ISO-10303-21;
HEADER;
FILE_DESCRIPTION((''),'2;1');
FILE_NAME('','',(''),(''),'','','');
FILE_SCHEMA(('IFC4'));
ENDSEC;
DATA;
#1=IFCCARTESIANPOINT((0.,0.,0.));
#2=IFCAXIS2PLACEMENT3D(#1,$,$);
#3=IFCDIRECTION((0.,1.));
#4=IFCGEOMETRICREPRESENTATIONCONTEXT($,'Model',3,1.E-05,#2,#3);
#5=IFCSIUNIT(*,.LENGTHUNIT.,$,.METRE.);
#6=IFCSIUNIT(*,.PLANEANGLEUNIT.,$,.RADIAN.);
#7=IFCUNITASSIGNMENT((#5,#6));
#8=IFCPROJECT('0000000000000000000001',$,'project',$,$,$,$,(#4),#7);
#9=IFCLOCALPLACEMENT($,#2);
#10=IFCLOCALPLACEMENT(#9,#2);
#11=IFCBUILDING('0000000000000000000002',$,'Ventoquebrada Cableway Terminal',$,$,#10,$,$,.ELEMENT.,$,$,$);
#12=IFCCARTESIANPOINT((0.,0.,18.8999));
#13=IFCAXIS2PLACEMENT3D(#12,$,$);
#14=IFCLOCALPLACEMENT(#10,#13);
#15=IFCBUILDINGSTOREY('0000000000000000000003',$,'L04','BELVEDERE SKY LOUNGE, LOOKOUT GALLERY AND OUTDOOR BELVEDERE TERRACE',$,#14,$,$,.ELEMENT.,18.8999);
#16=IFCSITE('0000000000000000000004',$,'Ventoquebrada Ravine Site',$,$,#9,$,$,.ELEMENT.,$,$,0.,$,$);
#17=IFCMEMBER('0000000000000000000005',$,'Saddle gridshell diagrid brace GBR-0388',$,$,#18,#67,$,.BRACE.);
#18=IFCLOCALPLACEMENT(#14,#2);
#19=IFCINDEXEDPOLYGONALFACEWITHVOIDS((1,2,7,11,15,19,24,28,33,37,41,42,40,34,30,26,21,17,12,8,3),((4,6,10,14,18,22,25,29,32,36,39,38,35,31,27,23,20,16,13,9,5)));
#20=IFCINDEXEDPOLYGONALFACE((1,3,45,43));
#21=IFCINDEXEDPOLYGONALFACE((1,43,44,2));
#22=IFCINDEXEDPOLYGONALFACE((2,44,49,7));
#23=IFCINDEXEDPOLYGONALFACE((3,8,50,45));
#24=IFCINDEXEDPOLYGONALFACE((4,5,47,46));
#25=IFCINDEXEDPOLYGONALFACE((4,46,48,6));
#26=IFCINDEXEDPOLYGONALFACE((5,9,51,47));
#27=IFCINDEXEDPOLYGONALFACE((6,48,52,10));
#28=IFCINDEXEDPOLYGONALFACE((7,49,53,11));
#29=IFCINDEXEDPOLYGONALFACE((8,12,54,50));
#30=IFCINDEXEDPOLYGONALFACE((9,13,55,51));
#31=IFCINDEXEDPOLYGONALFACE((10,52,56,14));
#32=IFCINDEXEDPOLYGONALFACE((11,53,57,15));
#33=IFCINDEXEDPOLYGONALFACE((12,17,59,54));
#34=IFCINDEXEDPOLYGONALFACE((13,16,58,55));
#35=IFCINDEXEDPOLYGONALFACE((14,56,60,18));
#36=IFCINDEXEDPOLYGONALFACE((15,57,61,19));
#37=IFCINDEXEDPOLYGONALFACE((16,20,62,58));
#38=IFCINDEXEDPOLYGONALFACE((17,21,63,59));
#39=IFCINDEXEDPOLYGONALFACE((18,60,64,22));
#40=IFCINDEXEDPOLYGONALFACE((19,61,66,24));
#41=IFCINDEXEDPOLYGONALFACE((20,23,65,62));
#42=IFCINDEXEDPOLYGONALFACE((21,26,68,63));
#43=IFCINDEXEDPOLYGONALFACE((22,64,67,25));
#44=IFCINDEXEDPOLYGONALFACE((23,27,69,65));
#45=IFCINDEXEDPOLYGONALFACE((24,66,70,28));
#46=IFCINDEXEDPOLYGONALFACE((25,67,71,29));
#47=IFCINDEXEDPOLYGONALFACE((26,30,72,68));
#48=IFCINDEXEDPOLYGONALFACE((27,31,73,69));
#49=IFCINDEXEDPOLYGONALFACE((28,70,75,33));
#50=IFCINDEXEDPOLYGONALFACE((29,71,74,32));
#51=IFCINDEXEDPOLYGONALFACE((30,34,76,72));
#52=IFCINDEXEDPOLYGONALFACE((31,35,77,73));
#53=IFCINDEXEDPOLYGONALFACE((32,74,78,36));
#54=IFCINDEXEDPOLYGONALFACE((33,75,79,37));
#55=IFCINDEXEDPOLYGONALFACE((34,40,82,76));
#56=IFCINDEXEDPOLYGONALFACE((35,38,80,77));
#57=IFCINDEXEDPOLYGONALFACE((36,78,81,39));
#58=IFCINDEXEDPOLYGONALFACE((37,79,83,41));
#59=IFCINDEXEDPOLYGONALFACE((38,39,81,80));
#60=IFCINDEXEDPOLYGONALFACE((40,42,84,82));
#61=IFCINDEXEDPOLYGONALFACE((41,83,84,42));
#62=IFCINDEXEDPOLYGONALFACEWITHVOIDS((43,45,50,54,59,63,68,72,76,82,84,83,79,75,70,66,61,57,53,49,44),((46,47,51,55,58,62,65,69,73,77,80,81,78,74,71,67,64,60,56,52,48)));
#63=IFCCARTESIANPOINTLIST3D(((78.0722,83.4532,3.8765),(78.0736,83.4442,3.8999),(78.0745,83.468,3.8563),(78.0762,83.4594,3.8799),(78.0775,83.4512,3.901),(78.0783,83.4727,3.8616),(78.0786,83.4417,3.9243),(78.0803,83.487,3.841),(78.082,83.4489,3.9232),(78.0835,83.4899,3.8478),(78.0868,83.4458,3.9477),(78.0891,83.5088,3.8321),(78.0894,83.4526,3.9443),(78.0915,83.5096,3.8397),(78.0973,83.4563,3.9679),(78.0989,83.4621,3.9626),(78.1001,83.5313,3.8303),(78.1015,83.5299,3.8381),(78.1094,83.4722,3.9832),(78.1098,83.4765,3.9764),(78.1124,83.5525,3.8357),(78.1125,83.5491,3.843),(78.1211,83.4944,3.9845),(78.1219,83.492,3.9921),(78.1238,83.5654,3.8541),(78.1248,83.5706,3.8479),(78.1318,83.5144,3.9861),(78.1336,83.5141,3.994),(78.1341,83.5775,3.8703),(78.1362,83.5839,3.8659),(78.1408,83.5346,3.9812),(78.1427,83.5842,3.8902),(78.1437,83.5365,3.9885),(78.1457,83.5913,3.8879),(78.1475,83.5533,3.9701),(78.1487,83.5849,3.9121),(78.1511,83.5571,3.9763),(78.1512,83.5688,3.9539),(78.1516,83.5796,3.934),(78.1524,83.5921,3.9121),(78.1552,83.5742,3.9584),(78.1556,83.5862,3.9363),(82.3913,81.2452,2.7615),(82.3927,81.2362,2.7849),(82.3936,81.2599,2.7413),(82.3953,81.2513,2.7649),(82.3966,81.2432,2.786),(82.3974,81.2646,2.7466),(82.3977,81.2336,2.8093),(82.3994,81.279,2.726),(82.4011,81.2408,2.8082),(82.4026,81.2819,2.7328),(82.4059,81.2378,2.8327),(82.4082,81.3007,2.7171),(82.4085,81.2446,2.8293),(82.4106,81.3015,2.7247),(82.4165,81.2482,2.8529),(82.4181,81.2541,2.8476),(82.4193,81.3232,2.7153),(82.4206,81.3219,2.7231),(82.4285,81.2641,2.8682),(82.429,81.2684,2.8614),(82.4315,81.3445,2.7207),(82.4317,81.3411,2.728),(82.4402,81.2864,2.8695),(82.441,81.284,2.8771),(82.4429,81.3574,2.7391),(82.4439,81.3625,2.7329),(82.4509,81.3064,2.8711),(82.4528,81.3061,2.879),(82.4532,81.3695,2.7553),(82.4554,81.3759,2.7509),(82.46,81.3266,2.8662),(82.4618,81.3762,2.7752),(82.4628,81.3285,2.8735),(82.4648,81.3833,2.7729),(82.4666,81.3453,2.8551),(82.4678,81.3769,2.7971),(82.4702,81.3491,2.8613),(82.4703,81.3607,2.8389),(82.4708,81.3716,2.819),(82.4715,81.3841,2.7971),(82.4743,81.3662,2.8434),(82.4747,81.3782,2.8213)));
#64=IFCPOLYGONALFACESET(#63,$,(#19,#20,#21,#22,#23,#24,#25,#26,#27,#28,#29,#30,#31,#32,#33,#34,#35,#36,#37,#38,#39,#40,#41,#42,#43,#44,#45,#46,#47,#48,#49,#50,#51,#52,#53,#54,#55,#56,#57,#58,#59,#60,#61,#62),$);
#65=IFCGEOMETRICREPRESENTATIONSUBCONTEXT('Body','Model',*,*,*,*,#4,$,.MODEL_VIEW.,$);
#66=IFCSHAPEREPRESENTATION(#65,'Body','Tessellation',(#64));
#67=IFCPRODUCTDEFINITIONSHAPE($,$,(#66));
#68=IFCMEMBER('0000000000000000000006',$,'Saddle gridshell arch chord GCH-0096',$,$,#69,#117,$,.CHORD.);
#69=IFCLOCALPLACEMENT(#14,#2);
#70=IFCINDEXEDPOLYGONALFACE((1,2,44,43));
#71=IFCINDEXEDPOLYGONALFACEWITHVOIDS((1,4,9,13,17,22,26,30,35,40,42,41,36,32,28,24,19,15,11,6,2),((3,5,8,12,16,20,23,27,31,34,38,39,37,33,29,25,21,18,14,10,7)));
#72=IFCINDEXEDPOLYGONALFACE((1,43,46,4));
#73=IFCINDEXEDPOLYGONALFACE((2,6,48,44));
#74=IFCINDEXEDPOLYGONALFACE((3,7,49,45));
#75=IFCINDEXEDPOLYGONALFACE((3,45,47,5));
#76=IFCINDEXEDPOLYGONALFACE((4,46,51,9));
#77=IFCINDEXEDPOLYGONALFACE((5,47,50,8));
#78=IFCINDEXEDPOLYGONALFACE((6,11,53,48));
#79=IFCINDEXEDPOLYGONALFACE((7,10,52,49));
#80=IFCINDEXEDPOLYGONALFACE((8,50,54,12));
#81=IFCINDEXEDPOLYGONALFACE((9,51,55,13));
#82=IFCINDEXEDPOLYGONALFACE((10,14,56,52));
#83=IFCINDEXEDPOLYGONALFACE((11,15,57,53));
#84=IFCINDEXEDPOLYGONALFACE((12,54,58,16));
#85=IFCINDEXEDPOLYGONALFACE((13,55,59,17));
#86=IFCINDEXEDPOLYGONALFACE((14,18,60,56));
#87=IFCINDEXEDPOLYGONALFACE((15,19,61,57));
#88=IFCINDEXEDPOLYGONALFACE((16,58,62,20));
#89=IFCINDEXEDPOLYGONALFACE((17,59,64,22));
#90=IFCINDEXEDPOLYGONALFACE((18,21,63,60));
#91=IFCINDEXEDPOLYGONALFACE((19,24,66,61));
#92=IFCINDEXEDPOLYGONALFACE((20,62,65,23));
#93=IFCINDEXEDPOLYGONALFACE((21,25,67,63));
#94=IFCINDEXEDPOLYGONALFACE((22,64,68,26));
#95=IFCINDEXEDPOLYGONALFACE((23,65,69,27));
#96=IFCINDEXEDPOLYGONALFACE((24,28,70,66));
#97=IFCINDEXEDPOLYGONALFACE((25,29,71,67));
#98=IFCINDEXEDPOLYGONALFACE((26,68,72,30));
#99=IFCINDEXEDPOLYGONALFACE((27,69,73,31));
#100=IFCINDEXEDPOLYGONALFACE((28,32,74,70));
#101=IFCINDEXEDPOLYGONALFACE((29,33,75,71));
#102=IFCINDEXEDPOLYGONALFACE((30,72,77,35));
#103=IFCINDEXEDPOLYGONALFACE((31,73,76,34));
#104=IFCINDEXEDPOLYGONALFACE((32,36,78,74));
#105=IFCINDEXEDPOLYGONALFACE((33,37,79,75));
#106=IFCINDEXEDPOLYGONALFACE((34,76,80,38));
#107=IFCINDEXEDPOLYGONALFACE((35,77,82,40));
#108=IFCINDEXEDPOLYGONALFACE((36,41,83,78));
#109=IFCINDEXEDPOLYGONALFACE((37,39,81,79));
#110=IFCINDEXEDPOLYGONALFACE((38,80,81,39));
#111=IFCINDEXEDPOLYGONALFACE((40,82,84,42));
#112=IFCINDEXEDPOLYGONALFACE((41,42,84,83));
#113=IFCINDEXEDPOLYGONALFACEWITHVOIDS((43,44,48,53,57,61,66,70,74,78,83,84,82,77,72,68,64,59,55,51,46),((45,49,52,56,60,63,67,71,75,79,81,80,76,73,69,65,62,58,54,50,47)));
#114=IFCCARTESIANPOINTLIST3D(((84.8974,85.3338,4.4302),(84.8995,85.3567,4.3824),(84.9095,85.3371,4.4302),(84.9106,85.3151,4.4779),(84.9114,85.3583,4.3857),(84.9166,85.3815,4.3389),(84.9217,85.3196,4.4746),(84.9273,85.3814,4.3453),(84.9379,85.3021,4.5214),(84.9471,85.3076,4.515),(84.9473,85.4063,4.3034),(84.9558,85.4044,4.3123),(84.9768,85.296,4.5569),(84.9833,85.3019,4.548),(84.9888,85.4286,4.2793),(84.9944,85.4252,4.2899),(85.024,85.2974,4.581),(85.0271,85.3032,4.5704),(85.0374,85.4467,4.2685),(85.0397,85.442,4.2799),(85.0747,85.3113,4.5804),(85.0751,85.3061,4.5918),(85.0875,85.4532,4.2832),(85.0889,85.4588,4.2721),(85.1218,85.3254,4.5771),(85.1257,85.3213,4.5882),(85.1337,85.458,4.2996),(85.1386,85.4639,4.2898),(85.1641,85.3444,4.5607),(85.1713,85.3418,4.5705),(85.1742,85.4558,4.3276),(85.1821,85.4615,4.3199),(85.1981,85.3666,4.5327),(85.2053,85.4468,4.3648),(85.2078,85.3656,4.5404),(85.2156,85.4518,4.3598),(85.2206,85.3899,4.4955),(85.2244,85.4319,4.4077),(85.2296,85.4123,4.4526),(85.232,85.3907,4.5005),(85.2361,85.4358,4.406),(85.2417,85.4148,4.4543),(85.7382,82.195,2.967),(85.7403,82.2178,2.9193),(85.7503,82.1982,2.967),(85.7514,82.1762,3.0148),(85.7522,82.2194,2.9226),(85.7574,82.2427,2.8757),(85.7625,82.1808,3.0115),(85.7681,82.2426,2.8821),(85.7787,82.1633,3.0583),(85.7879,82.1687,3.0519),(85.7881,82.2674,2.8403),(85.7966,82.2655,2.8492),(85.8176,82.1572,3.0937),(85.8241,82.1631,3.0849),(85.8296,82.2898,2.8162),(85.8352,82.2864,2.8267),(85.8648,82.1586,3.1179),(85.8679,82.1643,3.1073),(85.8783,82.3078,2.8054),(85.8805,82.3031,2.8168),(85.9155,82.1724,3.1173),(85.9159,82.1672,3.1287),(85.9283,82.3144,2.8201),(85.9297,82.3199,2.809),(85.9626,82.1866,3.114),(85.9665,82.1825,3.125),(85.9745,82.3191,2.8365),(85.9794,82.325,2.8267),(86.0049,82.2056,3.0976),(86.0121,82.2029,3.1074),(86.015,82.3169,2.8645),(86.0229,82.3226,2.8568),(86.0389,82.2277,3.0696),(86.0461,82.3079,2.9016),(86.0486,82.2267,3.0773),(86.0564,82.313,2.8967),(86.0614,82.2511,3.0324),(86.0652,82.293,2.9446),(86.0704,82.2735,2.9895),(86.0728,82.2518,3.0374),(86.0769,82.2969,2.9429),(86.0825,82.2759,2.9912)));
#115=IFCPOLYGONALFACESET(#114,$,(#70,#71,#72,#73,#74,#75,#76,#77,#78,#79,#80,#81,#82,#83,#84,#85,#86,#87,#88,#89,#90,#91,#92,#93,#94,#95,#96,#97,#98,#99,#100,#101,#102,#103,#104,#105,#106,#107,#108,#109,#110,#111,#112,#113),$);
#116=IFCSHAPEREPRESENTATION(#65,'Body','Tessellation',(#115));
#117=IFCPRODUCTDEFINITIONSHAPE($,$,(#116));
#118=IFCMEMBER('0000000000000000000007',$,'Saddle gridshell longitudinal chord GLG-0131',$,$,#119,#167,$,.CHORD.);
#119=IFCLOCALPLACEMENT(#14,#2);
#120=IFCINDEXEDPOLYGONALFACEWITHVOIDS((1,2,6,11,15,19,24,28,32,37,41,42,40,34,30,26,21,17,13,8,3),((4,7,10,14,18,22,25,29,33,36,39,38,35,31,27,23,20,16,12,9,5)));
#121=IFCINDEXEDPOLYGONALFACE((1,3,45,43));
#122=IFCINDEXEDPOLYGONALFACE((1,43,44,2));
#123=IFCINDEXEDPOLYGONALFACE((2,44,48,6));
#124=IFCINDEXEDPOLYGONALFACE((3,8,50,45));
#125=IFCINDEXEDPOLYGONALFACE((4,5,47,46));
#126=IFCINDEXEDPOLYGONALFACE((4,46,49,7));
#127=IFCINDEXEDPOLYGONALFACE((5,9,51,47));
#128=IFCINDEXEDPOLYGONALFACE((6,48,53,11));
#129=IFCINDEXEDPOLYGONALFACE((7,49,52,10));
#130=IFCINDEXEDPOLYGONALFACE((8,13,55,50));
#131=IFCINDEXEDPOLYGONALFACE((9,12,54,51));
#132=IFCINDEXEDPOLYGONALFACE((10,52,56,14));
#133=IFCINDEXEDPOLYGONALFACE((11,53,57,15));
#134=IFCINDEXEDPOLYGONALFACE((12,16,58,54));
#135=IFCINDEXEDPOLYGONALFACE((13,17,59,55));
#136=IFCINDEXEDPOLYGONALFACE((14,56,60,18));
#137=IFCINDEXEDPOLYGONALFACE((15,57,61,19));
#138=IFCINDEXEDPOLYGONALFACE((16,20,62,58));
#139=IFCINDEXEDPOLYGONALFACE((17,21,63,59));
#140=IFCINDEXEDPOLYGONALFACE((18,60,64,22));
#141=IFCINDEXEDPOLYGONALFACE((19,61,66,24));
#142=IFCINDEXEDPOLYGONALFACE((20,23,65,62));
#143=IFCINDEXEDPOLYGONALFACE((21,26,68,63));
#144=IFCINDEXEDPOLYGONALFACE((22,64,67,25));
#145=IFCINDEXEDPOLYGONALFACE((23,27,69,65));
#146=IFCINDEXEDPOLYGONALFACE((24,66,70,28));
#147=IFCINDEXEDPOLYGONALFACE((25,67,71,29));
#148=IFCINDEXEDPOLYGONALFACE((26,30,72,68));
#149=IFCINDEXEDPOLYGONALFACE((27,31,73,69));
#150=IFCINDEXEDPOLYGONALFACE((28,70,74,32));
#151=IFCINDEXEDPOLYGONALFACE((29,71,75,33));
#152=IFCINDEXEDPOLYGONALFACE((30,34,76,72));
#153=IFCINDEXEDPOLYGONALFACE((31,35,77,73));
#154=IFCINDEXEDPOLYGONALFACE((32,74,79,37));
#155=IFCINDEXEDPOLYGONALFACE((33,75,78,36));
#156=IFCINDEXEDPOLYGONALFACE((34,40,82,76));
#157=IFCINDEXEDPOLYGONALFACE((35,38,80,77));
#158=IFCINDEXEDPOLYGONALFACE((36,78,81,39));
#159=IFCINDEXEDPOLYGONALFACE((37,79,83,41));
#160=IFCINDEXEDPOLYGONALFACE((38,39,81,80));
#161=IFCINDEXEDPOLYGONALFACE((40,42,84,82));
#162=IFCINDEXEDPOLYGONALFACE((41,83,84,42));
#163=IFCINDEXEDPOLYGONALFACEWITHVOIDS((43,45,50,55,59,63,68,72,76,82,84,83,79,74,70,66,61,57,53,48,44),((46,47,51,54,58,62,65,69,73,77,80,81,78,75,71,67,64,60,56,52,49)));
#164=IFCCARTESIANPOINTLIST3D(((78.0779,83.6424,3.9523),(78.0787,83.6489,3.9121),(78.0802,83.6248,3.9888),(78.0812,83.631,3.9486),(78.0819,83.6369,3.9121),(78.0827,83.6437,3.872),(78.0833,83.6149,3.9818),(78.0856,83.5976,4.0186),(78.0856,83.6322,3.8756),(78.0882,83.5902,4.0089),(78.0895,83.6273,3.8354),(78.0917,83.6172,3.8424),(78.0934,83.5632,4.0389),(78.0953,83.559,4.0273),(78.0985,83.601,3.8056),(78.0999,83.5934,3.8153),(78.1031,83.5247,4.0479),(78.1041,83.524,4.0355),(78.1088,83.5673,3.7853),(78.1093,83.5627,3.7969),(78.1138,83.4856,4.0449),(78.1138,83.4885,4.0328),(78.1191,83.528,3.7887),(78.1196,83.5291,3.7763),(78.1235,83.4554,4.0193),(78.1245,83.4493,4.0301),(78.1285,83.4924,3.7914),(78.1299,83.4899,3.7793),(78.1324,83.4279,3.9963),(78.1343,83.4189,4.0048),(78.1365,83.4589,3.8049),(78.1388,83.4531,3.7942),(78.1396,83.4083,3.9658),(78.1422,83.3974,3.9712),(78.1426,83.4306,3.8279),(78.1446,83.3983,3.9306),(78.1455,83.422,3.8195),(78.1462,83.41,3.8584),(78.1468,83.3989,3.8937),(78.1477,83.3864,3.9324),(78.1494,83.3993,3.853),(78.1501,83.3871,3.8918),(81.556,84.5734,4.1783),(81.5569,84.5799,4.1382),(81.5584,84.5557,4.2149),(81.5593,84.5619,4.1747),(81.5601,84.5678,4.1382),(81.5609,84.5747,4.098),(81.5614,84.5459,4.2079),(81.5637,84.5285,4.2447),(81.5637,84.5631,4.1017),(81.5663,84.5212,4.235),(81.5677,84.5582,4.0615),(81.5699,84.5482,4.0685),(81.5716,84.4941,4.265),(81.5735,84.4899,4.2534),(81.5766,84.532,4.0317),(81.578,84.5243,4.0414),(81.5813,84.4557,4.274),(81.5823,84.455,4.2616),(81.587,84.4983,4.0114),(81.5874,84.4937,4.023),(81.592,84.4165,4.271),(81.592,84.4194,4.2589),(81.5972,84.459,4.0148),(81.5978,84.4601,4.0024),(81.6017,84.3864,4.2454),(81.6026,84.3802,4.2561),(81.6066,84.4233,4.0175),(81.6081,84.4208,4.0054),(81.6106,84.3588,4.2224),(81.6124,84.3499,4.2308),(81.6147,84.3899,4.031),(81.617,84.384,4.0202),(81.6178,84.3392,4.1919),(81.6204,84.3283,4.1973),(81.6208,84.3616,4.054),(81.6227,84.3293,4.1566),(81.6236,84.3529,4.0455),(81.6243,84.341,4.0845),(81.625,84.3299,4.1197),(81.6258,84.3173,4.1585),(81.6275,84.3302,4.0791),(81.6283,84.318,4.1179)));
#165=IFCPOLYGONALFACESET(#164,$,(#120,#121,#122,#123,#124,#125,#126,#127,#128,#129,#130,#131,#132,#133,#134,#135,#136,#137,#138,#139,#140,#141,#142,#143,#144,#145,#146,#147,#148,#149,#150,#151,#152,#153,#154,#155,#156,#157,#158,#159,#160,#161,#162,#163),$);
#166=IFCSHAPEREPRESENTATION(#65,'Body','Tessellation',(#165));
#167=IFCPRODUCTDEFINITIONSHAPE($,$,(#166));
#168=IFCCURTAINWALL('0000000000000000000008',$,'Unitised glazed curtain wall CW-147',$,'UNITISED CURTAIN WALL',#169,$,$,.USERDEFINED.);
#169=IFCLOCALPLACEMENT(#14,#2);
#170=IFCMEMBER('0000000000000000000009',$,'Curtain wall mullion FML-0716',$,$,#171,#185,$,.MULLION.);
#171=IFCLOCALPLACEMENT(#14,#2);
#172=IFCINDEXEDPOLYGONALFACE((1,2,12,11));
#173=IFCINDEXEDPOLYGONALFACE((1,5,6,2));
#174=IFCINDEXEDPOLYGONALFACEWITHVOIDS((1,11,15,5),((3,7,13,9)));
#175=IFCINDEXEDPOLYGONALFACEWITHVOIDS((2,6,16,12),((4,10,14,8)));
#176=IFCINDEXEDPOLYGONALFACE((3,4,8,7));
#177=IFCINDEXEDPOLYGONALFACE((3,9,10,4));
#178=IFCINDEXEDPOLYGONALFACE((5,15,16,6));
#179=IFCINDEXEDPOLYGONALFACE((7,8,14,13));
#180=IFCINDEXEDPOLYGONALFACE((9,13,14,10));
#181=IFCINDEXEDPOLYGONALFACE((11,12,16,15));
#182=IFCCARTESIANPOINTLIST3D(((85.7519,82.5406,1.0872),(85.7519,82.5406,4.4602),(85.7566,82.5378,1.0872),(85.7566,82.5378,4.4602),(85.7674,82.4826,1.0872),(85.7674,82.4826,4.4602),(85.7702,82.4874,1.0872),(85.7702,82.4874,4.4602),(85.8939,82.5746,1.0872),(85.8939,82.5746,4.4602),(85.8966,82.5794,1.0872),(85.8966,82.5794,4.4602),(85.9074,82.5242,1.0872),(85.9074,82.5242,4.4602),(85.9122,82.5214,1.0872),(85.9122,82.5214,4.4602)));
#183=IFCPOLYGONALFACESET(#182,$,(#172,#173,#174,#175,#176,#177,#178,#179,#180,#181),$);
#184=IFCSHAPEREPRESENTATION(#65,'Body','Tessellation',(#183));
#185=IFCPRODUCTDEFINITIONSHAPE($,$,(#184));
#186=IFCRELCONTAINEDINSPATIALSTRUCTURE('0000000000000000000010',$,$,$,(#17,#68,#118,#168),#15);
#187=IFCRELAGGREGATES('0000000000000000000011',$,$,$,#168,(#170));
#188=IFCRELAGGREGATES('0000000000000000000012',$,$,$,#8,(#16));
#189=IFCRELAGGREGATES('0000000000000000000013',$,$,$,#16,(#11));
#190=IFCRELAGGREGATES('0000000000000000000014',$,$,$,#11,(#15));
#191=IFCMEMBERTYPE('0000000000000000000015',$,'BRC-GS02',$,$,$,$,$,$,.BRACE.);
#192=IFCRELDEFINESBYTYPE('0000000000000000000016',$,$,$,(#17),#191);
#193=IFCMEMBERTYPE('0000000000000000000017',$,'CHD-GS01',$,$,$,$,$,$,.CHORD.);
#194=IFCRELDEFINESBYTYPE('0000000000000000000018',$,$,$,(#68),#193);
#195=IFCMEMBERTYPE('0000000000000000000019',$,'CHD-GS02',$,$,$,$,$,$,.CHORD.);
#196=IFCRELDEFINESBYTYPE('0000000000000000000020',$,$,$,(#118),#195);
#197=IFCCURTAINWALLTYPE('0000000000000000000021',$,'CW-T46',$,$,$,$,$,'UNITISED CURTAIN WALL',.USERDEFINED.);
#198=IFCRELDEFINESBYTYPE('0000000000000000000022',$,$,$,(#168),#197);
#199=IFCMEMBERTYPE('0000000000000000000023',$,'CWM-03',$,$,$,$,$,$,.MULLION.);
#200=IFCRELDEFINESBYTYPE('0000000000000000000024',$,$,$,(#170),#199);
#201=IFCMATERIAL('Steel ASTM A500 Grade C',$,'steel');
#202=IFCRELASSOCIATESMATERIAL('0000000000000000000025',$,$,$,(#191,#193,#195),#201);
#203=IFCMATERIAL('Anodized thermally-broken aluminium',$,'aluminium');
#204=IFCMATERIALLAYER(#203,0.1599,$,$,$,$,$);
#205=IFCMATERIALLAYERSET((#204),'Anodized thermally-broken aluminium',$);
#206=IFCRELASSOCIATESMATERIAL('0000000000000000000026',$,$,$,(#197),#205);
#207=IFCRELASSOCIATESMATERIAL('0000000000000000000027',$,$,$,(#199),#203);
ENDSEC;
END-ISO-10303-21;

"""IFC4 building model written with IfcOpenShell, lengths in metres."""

from ifc_helpers import new_model, si_unit, direction, frame, origin, origin_2d, place, context, subcontext, project, spatial, hollow_rectangle, hollow_circle, extrude, material, layer, layer_set, material_profile, profile_set, type_object, element, aggregate, save


model = new_model("IFC4")

# Units and contexts
model_context = context("Model", 3, precision=1e-05, world=origin(), true_north=direction((0.0, 1.0)))
body_context = subcontext(model_context, "Body", "Model", "MODEL_VIEW")
ifc_project = project(units=[si_unit("LENGTHUNIT", "METRE"), si_unit("PLANEANGLEUNIT", "RADIAN")], contexts=[model_context])

# Site, building, storey
site_placement = place(None, origin())
site = spatial("IfcSite", under=ifc_project, at=site_placement, Name="Ventoquebrada Ravine Site", CompositionType="ELEMENT", RefElevation=0.0)
building_placement = place(site_placement, origin())
building = spatial("IfcBuilding", under=site, at=building_placement, Name="Ventoquebrada Cableway Terminal", CompositionType="ELEMENT")
storey_placement = place(building_placement, frame((0.0, 0.0, 18.8999)))
storey = spatial("IfcBuildingStorey", under=building, at=storey_placement, Name="L04", Description="BELVEDERE SKY LOUNGE, LOOKOUT GALLERY AND OUTDOOR BELVEDERE TERRACE", CompositionType="ELEMENT", Elevation=18.8999)

# Members
ifc_material_1 = material(Name="Steel ASTM A500 Grade C", Category="steel")
ifc_material_profile_1 = material_profile(ifc_material_1, hollow_circle(Radius=0.0842, WallThickness=0.0081, at=origin_2d()), Name="CHS168.3X8")
ifc_profile_set_1 = profile_set([ifc_material_profile_1], Name="Steel ASTM A500 Grade C")
member_type_1 = type_object("IfcMemberType", Name="BRC-GS02", PredefinedType="BRACE", material=ifc_profile_set_1)
member_1_placement = place(storey_placement, frame((78.114, 83.5171, 3.9121), z_axis=(0.867766, -0.44362, -0.224017), x_axis=(0.455188, 0.890395, 0.0)))
element("IfcMember", 1, at=member_1_placement, inside=storey, type_object=member_type_1, Name="Saddle gridshell diagrid brace GBR-0388", PredefinedType="BRACE", context=body_context, shape_type="SweptSolid", body=[
    extrude(hollow_circle(Radius=0.0842, WallThickness=0.0081, at=origin_2d()), origin(), (0.0, 0.0, 1.0), 4.9773),
])
ifc_material_profile_2 = material_profile(ifc_material_1, hollow_circle(Radius=0.1777, WallThickness=0.0125, at=origin_2d()), Name="CHS355.6X12.5")
ifc_profile_set_2 = profile_set([ifc_material_profile_2], Name="Steel ASTM A500 Grade C")
member_type_2 = type_object("IfcMemberType", Name="CHD-GS01", PredefinedType="CHORD", material=ifc_profile_set_2)
member_2_placement = place(storey_placement, frame((85.9099, 82.241, 2.967), z_axis=(-0.235935, 0.880782, 0.410557), x_axis=(-0.965945, -0.258747, 0.0)))
element("IfcMember", 2, at=member_2_placement, inside=storey, type_object=member_type_2, Name="Saddle gridshell arch chord GCH-0096", PredefinedType="CHORD", context=body_context, shape_type="SweptSolid", body=[
    extrude(hollow_circle(Radius=0.1777, WallThickness=0.0125, at=origin_2d()), origin(), (0.0, 0.0, 1.0), 3.5637),
])
ifc_material_profile_3 = material_profile(ifc_material_1, hollow_circle(Radius=0.1365, WallThickness=0.0125, at=origin_2d()), Name="CHS273.0X12.5")
ifc_profile_set_3 = profile_set([ifc_material_profile_3], Name="Steel ASTM A500 Grade C")
member_type_3 = type_object("IfcMemberType", Name="CHD-GS02", PredefinedType="CHORD", material=ifc_profile_set_3)
member_3_placement = place(storey_placement, frame((78.114, 83.5171, 3.9121), z_axis=(0.964098, 0.258045, 0.062667), x_axis=(-0.258553, 0.965997, 0.0)))
element("IfcMember", 3, at=member_3_placement, inside=storey, type_object=member_type_3, Name="Saddle gridshell longitudinal chord GLG-0131", PredefinedType="CHORD", context=body_context, shape_type="SweptSolid", body=[
    extrude(hollow_circle(Radius=0.1365, WallThickness=0.0125, at=origin_2d()), origin(), (0.0, 0.0, 1.0), 3.6077),
])

# Curtain wall, member
ifc_material_2 = material(Name="Anodized thermally-broken aluminium", Category="aluminium")
ifc_layer_1 = layer(ifc_material_2, 0.1599)
ifc_layer_set_1 = layer_set([ifc_layer_1], Name="Anodized thermally-broken aluminium")
curtain_wall_type_1 = type_object("IfcCurtainWallType", Name="CW-T46", ElementType="UNITISED CURTAIN WALL", PredefinedType="USERDEFINED", material=ifc_layer_set_1)
curtain_wall_1_placement = place(storey_placement, origin())
curtain_wall_1 = element("IfcCurtainWall", 4, at=curtain_wall_1_placement, inside=storey, type_object=curtain_wall_type_1, Name="Unitised glazed curtain wall CW-147", ObjectType="UNITISED CURTAIN WALL", PredefinedType="USERDEFINED")
ifc_material_profile_4 = material_profile(ifc_material_2, hollow_rectangle(XDim=0.0601, YDim=0.1499, WallThickness=0.0039, at=origin_2d()), Name="CW-MUL-60X150")
ifc_profile_set_4 = profile_set([ifc_material_profile_4], Name="Anodized thermally-broken aluminium")
member_type_4 = type_object("IfcMemberType", Name="CWM-03", PredefinedType="MULLION", material=ifc_profile_set_4)
member_4_placement = place(storey_placement, frame((85.832, 82.531, 1.0872), z_axis=(0.0, 0.0, 1.0), x_axis=(-0.258971, 0.965885, 0.0)))
member_4 = element("IfcMember", 5, at=member_4_placement, type_object=member_type_4, Name="Curtain wall mullion FML-0716", PredefinedType="MULLION", context=body_context, shape_type="SweptSolid", body=[
    extrude(hollow_rectangle(XDim=0.0601, YDim=0.1499, WallThickness=0.0039, at=origin_2d()), origin(), (0.0, 0.0, 1.0), 3.373),
])

aggregate(curtain_wall_1, [member_4])

save(model, "model.ifc")
